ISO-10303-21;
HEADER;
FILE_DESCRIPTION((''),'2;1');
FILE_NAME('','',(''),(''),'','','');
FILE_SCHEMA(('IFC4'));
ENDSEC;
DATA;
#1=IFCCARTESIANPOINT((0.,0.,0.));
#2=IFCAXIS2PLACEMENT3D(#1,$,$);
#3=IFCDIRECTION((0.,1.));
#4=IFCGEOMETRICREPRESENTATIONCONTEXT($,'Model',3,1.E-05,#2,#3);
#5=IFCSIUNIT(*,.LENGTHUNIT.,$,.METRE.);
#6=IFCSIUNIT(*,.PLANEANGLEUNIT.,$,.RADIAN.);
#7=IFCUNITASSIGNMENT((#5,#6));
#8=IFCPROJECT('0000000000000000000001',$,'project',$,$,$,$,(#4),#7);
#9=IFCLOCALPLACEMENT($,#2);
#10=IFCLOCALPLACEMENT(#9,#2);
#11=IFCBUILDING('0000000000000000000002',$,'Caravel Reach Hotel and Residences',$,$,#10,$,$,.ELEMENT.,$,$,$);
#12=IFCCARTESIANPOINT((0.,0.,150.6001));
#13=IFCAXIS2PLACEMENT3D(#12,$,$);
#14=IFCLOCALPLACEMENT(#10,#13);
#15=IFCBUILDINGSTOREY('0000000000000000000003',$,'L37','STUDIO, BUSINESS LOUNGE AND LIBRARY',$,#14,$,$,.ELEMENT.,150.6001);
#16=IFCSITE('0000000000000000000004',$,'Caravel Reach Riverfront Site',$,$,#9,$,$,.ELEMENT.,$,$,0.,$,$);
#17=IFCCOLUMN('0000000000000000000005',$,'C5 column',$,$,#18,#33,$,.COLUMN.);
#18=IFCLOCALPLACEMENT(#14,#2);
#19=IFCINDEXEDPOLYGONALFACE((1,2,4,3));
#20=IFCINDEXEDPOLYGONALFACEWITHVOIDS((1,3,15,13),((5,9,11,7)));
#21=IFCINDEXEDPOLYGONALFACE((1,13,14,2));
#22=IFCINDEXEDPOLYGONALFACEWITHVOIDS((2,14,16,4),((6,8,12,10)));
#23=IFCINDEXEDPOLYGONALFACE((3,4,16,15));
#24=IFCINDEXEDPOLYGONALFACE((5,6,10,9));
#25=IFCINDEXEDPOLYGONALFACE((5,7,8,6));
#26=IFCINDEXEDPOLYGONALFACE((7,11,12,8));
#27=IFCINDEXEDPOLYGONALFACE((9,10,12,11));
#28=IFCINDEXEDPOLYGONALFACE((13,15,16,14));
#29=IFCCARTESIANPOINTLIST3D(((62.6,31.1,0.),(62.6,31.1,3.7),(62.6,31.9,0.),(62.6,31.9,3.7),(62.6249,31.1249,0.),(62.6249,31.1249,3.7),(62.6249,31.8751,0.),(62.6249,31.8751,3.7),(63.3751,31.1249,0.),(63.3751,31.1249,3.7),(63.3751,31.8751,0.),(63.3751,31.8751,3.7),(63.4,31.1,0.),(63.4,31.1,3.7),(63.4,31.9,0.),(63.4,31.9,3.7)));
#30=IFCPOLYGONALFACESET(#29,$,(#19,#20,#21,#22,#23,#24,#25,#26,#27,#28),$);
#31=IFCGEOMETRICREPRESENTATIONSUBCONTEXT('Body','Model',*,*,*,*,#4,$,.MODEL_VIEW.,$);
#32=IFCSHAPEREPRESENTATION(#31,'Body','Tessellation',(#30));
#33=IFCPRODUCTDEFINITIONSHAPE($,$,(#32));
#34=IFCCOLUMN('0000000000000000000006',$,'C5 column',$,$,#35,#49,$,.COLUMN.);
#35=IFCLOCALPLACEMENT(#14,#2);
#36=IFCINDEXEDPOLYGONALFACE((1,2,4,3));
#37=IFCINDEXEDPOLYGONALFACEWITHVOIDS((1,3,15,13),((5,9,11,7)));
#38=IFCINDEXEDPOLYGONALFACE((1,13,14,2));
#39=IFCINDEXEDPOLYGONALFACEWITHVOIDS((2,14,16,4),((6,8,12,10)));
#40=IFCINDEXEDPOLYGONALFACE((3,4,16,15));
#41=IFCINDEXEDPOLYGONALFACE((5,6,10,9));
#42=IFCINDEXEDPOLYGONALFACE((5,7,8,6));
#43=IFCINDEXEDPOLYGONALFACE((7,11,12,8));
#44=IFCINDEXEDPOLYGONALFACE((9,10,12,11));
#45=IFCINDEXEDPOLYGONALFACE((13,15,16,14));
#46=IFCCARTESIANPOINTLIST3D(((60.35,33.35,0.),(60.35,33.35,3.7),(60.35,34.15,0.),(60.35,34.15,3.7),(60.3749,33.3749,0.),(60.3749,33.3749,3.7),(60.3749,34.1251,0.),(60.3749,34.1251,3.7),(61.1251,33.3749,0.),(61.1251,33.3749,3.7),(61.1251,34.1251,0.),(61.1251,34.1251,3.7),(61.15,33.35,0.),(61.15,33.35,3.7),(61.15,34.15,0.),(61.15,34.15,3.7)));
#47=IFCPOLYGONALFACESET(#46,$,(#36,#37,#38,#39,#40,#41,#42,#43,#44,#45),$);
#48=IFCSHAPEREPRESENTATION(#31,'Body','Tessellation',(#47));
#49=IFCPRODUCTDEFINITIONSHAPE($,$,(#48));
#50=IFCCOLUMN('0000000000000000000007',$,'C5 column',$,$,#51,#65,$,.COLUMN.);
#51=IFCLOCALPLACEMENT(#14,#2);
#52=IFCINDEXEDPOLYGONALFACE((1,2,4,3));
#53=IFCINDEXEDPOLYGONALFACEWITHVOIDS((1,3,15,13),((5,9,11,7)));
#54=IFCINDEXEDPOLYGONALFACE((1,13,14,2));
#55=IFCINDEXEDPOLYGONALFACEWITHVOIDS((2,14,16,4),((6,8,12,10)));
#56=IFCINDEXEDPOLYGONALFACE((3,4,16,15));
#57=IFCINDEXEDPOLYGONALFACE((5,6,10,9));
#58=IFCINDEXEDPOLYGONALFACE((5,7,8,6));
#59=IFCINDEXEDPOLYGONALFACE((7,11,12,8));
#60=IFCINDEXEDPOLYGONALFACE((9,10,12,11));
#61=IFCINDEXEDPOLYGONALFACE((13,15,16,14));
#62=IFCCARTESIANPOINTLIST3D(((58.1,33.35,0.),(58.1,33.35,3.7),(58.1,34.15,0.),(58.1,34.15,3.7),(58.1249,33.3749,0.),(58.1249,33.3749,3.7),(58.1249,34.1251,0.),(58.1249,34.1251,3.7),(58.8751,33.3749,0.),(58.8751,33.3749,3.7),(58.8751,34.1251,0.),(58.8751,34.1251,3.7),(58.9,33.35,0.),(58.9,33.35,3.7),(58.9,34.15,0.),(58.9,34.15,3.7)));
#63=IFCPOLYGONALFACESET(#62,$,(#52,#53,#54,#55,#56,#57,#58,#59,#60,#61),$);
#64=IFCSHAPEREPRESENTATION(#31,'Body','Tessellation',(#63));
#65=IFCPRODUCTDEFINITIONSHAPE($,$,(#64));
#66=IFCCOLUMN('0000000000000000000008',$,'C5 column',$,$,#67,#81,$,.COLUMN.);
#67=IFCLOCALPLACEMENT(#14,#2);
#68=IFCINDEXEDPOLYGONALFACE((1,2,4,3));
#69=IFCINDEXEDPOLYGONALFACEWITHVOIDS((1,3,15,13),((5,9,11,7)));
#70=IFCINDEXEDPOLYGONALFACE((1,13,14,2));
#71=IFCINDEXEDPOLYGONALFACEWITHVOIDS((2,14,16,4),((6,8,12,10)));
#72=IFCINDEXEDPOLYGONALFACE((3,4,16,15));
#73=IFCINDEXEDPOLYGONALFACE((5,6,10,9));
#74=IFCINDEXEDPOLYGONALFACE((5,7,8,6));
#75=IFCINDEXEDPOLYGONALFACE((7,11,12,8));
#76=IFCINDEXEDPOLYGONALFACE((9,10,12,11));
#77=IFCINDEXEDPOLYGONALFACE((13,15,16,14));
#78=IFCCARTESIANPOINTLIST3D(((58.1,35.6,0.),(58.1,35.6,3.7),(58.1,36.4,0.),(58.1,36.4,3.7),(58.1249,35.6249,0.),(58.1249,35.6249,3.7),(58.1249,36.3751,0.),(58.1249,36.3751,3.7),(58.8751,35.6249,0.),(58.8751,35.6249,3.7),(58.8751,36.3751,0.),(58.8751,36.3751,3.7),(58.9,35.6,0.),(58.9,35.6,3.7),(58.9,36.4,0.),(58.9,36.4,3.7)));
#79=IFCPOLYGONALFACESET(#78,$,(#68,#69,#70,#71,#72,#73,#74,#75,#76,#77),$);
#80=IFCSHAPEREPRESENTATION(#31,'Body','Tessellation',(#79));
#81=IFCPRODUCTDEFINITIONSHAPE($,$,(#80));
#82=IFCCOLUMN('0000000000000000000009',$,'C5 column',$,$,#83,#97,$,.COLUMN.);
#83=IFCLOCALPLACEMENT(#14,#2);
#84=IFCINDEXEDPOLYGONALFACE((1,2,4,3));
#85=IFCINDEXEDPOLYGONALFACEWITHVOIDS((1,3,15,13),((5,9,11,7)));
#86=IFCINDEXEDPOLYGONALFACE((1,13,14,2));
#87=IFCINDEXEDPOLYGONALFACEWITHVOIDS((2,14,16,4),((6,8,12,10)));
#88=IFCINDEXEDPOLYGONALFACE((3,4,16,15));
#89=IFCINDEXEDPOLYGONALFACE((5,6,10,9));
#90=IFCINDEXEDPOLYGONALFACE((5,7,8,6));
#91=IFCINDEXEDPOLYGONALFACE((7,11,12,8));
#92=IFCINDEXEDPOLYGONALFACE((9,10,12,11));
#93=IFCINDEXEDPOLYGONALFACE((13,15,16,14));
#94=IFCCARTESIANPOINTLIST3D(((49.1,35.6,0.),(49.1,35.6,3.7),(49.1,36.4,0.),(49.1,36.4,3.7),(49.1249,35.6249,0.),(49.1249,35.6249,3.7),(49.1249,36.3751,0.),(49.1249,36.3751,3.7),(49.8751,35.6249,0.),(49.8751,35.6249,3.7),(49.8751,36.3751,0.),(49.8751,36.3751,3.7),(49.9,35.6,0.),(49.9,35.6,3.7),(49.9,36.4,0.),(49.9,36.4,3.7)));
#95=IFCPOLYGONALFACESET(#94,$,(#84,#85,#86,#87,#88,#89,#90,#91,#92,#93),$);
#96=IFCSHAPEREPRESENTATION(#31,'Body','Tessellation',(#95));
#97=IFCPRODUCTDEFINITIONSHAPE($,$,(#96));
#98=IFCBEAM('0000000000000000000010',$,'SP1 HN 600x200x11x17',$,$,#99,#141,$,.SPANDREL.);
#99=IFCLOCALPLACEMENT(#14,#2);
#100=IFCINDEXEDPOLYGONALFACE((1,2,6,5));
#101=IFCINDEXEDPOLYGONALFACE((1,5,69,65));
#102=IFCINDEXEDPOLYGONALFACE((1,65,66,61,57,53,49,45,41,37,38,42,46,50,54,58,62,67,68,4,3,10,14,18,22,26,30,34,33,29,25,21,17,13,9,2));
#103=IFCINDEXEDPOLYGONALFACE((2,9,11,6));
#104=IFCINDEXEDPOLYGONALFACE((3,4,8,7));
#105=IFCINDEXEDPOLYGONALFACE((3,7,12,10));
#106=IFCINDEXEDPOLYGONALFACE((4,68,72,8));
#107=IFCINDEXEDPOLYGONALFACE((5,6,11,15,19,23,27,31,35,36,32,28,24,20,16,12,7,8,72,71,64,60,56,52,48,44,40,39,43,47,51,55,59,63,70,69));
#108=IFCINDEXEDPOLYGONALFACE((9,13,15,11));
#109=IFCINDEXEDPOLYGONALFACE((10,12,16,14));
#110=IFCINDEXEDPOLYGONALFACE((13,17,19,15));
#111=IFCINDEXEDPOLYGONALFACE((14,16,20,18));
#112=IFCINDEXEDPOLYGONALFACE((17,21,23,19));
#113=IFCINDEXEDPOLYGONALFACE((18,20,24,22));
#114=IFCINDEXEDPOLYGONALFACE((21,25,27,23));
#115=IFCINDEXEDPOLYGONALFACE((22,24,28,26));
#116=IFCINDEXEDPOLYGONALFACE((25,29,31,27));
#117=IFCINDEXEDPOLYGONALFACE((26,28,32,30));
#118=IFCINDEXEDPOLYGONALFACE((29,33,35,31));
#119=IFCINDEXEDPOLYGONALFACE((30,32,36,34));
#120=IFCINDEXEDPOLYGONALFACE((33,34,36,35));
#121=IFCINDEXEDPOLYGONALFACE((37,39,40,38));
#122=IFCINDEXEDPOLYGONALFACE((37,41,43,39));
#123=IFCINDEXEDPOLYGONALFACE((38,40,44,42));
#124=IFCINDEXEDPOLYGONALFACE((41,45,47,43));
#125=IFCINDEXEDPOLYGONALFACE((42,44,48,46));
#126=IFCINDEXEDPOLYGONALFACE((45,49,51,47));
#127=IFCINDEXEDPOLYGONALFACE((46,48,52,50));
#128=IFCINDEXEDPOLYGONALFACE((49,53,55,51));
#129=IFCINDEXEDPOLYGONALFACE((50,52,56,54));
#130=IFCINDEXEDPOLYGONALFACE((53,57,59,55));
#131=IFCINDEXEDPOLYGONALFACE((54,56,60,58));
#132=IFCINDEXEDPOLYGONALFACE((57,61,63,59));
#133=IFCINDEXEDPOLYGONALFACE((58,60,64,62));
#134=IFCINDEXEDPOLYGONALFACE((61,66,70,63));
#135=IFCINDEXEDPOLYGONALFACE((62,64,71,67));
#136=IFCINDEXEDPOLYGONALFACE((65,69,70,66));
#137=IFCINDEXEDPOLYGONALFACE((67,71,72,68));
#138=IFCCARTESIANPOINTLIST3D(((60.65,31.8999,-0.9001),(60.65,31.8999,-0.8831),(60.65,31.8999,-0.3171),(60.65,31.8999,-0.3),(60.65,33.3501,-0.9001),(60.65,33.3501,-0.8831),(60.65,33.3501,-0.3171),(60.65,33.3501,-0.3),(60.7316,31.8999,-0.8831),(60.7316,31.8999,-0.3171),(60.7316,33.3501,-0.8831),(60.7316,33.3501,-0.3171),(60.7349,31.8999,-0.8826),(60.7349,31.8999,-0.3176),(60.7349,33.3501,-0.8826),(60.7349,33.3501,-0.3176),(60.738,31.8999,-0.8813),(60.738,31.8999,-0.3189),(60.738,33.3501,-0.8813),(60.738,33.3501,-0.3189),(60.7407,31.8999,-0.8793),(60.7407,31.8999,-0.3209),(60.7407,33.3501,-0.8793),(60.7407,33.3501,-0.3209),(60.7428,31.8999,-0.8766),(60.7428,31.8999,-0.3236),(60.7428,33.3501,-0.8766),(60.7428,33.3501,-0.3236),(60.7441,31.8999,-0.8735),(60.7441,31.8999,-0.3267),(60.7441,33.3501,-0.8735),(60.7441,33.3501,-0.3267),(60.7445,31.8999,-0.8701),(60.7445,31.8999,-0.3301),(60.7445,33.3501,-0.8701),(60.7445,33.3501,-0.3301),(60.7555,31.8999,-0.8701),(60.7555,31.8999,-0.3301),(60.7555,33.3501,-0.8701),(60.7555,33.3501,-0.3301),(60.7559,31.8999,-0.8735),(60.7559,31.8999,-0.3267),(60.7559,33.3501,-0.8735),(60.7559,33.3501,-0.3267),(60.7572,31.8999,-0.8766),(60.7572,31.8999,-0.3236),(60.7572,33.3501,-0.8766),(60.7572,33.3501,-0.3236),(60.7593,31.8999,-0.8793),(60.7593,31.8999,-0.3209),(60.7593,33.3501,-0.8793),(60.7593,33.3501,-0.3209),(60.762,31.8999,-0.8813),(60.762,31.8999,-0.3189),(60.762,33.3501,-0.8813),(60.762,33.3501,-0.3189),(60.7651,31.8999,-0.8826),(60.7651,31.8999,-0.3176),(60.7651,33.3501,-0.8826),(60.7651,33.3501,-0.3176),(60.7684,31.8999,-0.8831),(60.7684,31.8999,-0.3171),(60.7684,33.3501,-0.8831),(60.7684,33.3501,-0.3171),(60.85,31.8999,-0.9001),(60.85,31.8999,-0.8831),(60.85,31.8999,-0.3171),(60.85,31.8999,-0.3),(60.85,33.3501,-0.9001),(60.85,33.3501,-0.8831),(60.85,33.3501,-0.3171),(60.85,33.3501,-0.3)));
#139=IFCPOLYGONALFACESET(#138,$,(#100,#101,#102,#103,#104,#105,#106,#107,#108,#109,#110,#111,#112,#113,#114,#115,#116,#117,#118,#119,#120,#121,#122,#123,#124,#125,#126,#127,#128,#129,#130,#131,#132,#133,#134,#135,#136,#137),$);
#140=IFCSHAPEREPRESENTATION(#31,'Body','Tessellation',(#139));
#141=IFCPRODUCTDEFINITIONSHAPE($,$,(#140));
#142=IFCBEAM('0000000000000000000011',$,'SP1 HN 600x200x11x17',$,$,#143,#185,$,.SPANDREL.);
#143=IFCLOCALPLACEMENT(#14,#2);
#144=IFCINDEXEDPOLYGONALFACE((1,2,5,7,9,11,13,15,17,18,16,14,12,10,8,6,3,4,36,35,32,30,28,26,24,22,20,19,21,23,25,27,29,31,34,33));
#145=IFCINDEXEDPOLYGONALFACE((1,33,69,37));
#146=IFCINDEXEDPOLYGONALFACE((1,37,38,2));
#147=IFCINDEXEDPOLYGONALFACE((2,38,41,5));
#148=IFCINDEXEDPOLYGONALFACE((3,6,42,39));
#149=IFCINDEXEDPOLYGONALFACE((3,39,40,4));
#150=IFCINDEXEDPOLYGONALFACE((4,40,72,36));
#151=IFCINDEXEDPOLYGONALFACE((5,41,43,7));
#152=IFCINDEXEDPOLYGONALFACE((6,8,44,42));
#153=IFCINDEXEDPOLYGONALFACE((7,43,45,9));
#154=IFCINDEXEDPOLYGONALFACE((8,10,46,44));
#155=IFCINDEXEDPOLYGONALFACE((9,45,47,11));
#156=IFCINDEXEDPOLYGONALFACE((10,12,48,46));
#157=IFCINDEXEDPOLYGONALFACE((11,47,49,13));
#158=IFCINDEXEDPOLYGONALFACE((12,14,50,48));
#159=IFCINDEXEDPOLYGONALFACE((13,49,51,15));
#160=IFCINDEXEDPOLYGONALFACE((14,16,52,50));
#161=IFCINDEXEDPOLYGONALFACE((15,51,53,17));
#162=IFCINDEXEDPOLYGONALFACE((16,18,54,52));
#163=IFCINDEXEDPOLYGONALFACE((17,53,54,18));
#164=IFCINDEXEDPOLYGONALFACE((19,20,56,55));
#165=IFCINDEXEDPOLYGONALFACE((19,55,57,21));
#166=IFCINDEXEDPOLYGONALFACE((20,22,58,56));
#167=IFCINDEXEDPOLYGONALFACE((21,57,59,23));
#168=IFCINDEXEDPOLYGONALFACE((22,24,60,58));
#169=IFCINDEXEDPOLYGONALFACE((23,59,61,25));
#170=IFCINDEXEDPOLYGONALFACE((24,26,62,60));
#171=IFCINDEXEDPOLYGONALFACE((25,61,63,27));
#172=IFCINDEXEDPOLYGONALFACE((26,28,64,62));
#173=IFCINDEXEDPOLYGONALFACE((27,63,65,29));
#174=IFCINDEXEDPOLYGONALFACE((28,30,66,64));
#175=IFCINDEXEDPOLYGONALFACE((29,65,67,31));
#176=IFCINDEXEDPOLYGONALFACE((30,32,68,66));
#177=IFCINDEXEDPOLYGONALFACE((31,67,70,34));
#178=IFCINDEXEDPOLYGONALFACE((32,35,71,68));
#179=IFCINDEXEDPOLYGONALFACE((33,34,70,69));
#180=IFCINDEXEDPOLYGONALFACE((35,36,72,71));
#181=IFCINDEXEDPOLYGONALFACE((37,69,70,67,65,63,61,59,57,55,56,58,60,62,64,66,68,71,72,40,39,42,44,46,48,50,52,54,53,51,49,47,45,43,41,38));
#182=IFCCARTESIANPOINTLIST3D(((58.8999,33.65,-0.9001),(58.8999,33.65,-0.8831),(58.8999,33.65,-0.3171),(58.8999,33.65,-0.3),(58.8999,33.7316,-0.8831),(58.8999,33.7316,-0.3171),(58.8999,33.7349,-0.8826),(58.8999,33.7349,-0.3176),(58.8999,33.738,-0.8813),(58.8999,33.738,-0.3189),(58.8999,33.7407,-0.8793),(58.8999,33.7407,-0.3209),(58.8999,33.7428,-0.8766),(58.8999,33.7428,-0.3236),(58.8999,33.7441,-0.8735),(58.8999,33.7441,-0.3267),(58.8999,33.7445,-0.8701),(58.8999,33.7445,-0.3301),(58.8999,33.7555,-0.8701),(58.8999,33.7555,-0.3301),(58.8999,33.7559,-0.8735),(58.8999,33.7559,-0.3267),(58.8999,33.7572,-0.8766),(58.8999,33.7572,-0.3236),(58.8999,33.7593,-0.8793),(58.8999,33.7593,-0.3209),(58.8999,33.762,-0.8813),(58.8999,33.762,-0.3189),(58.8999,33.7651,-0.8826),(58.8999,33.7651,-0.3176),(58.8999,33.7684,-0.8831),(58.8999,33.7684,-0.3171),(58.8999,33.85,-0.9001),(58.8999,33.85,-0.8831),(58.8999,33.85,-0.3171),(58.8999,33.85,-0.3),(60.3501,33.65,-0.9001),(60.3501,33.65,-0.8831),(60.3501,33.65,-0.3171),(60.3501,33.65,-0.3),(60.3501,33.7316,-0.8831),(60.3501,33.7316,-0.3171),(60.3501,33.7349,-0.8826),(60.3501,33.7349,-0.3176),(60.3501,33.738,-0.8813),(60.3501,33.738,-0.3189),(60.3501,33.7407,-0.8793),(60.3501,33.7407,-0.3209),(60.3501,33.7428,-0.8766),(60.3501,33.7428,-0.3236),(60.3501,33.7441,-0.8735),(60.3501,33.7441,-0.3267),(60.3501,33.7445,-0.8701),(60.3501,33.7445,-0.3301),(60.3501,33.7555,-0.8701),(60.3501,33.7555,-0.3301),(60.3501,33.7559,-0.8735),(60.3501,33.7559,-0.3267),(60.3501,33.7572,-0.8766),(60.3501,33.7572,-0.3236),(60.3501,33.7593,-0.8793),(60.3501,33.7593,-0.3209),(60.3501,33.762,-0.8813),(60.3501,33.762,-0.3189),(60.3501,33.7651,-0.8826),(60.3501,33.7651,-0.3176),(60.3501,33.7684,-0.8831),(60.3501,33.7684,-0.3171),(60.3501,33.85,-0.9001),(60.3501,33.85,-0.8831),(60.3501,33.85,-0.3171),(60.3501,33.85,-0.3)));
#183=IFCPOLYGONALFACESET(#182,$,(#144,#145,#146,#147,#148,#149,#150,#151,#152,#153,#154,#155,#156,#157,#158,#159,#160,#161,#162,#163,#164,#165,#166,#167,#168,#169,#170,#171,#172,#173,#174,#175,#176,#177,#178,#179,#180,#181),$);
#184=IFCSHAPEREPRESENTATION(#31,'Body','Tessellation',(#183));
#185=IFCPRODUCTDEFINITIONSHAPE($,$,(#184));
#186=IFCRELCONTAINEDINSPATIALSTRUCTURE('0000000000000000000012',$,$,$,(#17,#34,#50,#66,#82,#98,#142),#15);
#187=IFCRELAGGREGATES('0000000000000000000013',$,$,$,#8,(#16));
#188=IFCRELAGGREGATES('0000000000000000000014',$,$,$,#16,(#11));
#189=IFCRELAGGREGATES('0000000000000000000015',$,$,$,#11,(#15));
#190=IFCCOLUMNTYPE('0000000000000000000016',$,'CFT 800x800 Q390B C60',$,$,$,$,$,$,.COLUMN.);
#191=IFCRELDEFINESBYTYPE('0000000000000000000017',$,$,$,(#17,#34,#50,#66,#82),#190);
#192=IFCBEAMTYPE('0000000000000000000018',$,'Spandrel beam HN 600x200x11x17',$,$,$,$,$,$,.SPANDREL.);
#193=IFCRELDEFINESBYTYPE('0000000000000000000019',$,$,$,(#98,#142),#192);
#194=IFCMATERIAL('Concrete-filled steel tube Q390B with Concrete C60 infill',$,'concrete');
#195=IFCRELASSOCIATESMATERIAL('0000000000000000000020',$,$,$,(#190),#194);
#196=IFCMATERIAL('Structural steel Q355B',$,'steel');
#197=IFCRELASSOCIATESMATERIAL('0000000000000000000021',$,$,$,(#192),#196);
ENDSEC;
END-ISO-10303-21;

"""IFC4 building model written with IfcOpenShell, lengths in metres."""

from ifc_helpers import new_model, si_unit, direction, frame, origin, origin_2d, place, context, subcontext, project, spatial, hollow_rectangle, i_section, extrude, material, material_profile, profile_set, type_object, element, save


model = new_model("IFC4")

# Units and contexts
model_context = context("Model", 3, precision=1e-05, world=origin(), true_north=direction((0.0, 1.0)))
body_context = subcontext(model_context, "Body", "Model", "MODEL_VIEW")
ifc_project = project(units=[si_unit("LENGTHUNIT", "METRE"), si_unit("PLANEANGLEUNIT", "RADIAN")], contexts=[model_context])

# Site, building, storey
site_placement = place(None, origin())
site = spatial("IfcSite", under=ifc_project, at=site_placement, Name="Caravel Reach Riverfront Site", CompositionType="ELEMENT", RefElevation=0.0)
building_placement = place(site_placement, origin())
building = spatial("IfcBuilding", under=site, at=building_placement, Name="Caravel Reach Hotel and Residences", CompositionType="ELEMENT")
storey_placement = place(building_placement, frame((0.0, 0.0, 150.6001)))
storey = spatial("IfcBuildingStorey", under=building, at=storey_placement, Name="L37", Description="STUDIO, BUSINESS LOUNGE AND LIBRARY", CompositionType="ELEMENT", Elevation=150.6001)

# Columns
ifc_material_1 = material(Name="Concrete-filled steel tube Q390B with Concrete C60 infill", Category="concrete")
ifc_material_profile_1 = material_profile(ifc_material_1, hollow_rectangle(XDim=0.8, YDim=0.8, WallThickness=0.0249, at=origin_2d()), Name="RHS 800x800x25")
ifc_profile_set_1 = profile_set([ifc_material_profile_1], Name="Concrete-filled steel tube Q390B with Concrete C60 infill")
column_type = type_object("IfcColumnType", Name="CFT 800x800 Q390B C60", PredefinedType="COLUMN", material=ifc_profile_set_1)
for number, where, z_axis, x_axis, name in (
    (1, (63.0, 31.5, 0.0), (0.0, 0.0, 1.0), (1.0, 0.0, 0.0), "C5 column"),
    (2, (60.75, 33.75, 0.0), (0.0, 0.0, 1.0), (1.0, 0.0, 0.0), "C5 column"),
    (3, (58.5, 33.75, 0.0), (0.0, 0.0, 1.0), (1.0, 0.0, 0.0), "C5 column"),
    (4, (58.5, 36.0, 0.0), (0.0, 0.0, 1.0), (1.0, 0.0, 0.0), "C5 column"),
    (5, (49.5, 36.0, 0.0), (0.0, 0.0, 1.0), (1.0, 0.0, 0.0), "C5 column"),
):
    element("IfcColumn", number, at=place(storey_placement, frame(where, z_axis=z_axis, x_axis=x_axis)), inside=storey, type_object=column_type, Name=name, PredefinedType="COLUMN", context=body_context, shape_type="SweptSolid", body=[
        extrude(hollow_rectangle(XDim=0.8, YDim=0.8, WallThickness=0.0249, at=origin_2d()), origin(), (0.0, 0.0, 1.0), 3.7),
    ])

# Beams
ifc_material_2 = material(Name="Structural steel Q355B", Category="steel")
ifc_material_profile_2 = material_profile(ifc_material_2, i_section(OverallWidth=0.2, OverallDepth=0.6001, WebThickness=0.011, FlangeThickness=0.0171, FilletRadius=0.0129, at=origin_2d()), Name="HN 600x200x11x17")
ifc_profile_set_2 = profile_set([ifc_material_profile_2], Name="Structural steel Q355B")
beam_type = type_object("IfcBeamType", Name="Spandrel beam HN 600x200x11x17", PredefinedType="SPANDREL", material=ifc_profile_set_2)
for number, where, z_axis, x_axis, name in (
    (6, (60.75, 31.8999, -0.6001), (0.0, 1.0, 0.0), (-1.0, 0.0, 0.0), "SP1 HN 600x200x11x17"),
    (7, (60.3501, 33.75, -0.6001), (-1.0, 0.0, 0.0), (0.0, -1.0, 0.0), "SP1 HN 600x200x11x17"),
):
    element("IfcBeam", number, at=place(storey_placement, frame(where, z_axis=z_axis, x_axis=x_axis)), inside=storey, type_object=beam_type, Name=name, PredefinedType="SPANDREL", context=body_context, shape_type="SweptSolid", body=[
        extrude(i_section(OverallWidth=0.2, OverallDepth=0.6001, WebThickness=0.011, FlangeThickness=0.0171, FilletRadius=0.0129, at=origin_2d()), origin(), (0.0, 0.0, 1.0), 1.4502),
    ])

save(model, "model.ifc")
